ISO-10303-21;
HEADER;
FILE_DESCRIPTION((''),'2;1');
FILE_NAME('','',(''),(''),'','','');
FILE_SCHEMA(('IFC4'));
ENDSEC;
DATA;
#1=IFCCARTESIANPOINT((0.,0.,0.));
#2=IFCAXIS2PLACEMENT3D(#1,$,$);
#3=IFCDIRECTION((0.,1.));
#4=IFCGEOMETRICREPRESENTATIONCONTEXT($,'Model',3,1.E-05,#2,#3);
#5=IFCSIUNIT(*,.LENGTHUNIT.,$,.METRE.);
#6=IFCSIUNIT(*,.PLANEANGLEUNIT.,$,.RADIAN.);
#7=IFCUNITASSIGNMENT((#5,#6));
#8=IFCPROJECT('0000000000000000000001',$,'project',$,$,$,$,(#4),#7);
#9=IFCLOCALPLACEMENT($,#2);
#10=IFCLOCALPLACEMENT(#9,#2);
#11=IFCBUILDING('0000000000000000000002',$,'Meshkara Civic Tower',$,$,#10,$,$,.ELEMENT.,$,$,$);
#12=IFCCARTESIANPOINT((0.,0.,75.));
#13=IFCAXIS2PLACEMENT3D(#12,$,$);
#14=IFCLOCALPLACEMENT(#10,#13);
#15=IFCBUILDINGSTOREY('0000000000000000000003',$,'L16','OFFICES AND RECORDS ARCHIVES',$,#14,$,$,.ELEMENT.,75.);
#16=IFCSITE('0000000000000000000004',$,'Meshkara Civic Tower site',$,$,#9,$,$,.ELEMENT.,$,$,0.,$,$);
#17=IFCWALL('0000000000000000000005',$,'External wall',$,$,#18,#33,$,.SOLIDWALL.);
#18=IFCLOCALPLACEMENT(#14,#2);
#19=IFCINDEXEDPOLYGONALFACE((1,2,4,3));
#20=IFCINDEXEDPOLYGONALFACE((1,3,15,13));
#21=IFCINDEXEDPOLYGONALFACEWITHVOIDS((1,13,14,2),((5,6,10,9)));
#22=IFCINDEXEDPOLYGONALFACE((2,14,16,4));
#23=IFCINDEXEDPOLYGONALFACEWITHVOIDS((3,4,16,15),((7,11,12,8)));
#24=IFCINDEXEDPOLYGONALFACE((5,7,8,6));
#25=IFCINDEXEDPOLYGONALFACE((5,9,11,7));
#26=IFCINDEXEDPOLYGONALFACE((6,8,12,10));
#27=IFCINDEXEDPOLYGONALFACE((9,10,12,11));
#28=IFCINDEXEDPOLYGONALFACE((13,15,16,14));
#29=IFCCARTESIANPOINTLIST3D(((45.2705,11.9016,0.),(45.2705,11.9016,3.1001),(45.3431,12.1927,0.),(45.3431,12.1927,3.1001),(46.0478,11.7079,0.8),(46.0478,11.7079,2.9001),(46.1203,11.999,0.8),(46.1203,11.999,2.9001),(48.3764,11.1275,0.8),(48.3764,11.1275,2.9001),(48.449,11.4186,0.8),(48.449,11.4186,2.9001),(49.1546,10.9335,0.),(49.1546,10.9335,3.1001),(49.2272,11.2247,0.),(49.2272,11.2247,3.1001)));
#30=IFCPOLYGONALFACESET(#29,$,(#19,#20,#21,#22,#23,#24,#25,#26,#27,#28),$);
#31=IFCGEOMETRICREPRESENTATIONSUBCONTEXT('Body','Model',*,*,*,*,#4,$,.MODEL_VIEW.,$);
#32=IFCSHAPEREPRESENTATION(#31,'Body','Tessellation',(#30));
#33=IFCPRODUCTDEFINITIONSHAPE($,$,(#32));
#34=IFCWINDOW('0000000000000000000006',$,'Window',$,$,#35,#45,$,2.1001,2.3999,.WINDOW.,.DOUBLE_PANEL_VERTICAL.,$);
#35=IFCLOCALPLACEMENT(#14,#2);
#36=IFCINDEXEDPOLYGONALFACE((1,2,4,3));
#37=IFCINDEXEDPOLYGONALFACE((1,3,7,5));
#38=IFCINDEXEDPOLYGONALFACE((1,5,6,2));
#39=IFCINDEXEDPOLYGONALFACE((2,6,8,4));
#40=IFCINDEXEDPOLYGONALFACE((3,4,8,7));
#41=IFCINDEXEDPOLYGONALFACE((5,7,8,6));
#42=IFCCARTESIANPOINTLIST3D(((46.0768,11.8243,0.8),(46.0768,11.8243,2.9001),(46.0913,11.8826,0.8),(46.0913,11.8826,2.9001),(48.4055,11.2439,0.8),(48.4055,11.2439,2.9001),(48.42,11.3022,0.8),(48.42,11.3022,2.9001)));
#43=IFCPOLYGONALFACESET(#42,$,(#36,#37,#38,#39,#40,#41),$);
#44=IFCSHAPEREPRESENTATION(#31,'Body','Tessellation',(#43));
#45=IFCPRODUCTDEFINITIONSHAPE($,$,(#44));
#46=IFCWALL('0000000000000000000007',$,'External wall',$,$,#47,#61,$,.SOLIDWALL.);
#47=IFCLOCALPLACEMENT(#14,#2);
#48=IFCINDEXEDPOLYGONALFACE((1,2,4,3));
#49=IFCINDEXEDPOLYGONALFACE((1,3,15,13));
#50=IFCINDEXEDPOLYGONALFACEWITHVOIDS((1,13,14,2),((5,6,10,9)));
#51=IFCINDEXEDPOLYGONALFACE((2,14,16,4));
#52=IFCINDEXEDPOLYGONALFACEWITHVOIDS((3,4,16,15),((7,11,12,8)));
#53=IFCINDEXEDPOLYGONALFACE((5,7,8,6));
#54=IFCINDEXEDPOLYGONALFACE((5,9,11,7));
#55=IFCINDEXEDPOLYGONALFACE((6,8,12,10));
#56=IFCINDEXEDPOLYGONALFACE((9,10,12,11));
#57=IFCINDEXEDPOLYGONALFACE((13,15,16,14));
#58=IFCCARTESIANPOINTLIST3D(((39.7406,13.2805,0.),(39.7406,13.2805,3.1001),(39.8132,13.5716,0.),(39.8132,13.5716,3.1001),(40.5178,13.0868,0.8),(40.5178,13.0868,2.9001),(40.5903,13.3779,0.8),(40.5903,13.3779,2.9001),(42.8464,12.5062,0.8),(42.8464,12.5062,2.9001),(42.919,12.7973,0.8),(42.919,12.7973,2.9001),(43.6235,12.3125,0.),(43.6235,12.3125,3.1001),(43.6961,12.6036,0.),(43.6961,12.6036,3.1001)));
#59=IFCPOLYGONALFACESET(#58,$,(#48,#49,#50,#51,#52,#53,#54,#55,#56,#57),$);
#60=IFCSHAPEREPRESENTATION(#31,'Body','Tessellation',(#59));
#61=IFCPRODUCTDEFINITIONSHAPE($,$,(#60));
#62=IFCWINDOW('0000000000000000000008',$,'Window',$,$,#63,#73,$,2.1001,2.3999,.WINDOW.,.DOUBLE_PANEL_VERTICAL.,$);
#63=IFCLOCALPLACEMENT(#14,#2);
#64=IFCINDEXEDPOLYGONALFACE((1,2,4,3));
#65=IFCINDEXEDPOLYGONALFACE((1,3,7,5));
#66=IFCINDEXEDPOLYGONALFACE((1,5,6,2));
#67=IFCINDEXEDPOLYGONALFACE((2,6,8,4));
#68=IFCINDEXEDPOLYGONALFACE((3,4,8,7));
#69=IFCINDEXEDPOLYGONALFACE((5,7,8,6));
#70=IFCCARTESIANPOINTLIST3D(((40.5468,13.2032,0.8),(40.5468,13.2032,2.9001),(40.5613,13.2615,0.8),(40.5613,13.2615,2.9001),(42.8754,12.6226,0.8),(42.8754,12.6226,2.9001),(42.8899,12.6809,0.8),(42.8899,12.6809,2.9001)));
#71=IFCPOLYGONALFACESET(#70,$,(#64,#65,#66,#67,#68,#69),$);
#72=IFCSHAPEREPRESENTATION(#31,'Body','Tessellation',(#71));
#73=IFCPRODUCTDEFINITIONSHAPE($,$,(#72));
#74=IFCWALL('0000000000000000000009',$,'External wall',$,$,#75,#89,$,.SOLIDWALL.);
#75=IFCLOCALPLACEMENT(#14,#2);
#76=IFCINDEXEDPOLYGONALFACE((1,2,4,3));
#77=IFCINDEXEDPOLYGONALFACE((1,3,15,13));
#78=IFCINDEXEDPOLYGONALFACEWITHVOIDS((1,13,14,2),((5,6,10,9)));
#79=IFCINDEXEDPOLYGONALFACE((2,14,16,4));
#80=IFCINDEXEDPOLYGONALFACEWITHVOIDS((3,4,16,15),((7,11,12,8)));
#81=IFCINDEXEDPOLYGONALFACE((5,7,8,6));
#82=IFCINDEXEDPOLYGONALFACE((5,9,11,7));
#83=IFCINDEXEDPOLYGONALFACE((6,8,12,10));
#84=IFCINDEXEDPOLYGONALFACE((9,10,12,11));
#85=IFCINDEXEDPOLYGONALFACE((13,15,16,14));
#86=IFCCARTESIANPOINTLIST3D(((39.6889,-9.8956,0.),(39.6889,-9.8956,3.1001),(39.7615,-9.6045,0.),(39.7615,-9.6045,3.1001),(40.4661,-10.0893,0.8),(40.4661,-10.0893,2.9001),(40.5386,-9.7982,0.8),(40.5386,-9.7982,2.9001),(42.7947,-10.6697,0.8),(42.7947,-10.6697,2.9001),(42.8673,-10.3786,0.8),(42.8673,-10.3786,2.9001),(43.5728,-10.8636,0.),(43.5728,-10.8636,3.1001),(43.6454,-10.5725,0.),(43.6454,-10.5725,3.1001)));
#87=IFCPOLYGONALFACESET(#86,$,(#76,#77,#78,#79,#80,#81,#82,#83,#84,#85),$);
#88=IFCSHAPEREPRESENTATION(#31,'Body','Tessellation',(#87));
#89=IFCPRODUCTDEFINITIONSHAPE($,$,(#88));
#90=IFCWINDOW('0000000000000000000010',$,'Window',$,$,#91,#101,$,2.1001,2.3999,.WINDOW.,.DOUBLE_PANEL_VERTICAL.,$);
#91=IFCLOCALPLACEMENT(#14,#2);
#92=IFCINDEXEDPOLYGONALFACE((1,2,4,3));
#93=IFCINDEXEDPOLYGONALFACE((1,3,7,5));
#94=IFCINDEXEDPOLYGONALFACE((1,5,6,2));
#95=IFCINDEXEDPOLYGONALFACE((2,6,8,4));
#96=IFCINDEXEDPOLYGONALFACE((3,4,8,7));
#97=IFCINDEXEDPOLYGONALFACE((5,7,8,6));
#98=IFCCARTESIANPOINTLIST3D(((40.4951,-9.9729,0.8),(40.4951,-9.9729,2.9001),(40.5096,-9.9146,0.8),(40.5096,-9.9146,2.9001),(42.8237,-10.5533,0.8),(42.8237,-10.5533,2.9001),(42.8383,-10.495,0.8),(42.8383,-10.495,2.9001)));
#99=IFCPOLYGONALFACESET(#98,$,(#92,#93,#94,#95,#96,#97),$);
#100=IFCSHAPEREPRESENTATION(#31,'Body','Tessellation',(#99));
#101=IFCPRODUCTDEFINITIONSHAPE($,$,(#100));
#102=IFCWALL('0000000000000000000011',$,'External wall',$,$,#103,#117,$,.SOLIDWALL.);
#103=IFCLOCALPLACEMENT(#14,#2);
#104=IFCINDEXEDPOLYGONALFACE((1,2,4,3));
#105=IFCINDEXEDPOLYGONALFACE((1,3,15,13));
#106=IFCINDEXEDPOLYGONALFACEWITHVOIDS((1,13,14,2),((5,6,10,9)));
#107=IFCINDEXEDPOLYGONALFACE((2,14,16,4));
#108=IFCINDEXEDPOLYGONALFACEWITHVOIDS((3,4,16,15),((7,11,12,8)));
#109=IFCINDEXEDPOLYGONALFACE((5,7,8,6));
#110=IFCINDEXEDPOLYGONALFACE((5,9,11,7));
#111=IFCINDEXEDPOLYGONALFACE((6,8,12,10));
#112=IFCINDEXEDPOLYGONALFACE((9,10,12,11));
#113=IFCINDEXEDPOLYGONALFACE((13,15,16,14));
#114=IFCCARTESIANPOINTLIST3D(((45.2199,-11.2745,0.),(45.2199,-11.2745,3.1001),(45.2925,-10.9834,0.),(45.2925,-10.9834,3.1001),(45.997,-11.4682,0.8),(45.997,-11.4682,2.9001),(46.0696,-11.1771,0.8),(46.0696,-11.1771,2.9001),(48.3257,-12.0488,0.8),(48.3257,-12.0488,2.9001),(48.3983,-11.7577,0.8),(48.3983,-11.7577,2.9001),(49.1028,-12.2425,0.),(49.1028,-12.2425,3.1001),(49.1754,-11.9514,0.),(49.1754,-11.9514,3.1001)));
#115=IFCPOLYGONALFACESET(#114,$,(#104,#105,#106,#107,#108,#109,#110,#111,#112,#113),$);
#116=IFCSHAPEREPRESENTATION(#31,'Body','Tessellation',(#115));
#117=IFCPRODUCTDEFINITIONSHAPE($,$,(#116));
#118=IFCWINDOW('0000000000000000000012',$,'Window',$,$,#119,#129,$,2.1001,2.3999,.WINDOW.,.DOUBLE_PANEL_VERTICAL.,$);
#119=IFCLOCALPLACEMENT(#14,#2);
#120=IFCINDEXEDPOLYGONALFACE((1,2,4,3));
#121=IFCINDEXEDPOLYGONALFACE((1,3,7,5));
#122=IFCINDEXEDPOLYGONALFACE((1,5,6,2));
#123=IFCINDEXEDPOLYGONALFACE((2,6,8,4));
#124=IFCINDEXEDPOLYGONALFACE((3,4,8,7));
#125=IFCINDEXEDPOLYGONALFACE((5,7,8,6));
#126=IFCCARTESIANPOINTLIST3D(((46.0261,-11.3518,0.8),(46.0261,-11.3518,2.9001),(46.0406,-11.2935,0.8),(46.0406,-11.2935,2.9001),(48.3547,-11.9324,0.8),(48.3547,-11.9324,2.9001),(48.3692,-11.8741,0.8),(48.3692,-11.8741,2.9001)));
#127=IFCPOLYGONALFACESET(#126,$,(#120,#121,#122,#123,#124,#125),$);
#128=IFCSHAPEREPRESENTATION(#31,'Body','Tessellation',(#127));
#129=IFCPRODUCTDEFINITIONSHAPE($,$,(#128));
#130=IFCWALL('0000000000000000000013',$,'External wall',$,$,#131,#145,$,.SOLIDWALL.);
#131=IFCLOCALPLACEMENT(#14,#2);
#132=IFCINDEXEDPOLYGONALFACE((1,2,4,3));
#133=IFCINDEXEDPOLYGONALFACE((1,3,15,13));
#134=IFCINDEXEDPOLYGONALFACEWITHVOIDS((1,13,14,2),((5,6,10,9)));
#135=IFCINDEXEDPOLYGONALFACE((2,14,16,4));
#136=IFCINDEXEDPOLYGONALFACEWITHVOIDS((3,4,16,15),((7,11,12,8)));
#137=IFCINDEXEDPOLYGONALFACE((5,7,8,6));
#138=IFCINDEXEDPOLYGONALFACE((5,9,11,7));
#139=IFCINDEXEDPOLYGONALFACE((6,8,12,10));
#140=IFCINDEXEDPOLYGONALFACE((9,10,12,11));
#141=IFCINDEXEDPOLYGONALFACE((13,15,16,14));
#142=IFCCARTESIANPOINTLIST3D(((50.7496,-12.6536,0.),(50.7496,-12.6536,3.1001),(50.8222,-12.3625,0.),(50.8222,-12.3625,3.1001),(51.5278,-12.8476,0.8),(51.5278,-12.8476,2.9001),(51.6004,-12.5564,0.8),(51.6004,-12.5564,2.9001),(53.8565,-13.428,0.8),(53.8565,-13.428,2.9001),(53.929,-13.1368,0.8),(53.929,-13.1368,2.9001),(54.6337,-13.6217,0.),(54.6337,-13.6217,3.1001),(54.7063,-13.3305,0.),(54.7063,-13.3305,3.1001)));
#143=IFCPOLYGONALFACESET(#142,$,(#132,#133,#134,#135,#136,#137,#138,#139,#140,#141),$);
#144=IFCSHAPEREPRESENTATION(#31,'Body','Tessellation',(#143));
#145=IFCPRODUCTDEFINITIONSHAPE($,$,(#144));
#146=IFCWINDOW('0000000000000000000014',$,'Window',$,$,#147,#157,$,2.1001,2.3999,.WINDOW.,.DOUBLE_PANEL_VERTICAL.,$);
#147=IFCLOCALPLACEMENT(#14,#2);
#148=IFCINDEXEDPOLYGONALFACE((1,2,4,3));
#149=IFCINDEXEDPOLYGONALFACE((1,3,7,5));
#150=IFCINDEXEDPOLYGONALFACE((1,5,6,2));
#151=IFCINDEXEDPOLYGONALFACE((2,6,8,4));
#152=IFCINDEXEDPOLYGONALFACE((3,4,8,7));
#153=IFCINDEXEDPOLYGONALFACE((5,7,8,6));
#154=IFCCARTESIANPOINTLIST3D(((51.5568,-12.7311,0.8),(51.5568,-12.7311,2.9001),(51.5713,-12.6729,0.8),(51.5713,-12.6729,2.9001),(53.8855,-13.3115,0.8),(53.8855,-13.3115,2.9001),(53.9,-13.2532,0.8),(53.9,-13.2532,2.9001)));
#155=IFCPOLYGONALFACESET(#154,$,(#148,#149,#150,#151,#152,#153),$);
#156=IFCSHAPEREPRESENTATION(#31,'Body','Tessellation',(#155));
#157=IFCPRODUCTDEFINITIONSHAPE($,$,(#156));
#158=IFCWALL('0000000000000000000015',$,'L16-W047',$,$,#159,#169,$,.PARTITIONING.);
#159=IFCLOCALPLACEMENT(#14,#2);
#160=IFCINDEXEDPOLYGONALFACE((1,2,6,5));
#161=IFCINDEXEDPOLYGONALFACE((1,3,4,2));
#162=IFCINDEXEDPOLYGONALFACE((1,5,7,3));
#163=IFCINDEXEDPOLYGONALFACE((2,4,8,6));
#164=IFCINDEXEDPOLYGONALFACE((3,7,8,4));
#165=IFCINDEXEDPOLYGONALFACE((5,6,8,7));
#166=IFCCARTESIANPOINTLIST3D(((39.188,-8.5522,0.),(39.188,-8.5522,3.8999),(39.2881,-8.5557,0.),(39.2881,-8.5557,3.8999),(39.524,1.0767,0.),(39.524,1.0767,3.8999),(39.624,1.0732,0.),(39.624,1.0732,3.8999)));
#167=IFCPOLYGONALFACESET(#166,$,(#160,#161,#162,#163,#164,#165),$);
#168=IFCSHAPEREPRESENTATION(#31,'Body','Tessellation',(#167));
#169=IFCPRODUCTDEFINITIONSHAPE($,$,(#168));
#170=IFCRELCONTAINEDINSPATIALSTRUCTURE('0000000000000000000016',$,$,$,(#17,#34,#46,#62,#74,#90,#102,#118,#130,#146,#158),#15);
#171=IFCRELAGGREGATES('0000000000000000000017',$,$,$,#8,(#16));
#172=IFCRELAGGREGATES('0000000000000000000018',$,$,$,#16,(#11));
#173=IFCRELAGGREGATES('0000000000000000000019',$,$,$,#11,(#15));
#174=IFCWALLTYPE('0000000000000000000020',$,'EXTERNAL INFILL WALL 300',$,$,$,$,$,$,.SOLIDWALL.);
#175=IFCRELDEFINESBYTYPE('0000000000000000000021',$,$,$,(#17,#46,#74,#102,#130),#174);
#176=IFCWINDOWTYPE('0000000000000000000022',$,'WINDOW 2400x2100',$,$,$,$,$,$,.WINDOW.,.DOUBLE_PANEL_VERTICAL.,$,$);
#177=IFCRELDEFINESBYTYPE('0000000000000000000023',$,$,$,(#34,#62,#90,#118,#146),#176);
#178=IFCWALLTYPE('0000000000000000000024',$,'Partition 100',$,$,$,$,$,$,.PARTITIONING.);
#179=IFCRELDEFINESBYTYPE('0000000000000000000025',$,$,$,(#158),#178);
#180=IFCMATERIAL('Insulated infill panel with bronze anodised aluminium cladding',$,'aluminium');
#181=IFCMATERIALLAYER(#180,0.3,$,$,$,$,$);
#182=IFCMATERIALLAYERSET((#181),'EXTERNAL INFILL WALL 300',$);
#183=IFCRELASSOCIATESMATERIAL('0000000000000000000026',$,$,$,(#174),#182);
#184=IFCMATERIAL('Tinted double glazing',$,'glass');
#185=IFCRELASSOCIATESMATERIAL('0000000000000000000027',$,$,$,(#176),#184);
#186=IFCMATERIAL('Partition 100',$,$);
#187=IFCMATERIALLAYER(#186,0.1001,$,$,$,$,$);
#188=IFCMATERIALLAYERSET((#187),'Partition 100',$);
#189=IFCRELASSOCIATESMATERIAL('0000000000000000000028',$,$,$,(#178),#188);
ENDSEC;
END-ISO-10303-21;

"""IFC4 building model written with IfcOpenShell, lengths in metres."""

from ifc_helpers import new_model, si_unit, direction, frame, frame_2d, origin, place, context, subcontext, project, spatial, rectangle, extrude, material, layer, layer_set, type_object, element, fill, save


model = new_model("IFC4")

# Units and contexts
model_context = context("Model", 3, precision=1e-05, world=origin(), true_north=direction((0.0, 1.0)))
body_context = subcontext(model_context, "Body", "Model", "MODEL_VIEW")
ifc_project = project(units=[si_unit("LENGTHUNIT", "METRE"), si_unit("PLANEANGLEUNIT", "RADIAN")], contexts=[model_context])

# Site, building, storey
site_placement = place(None, origin())
site = spatial("IfcSite", under=ifc_project, at=site_placement, Name="Meshkara Civic Tower site", CompositionType="ELEMENT", RefElevation=0.0)
building_placement = place(site_placement, origin())
building = spatial("IfcBuilding", under=site, at=building_placement, Name="Meshkara Civic Tower", CompositionType="ELEMENT")
storey_placement = place(building_placement, frame((0.0, 0.0, 75.0)))
storey = spatial("IfcBuildingStorey", under=building, at=storey_placement, Name="L16", Description="OFFICES AND RECORDS ARCHIVES", CompositionType="ELEMENT", Elevation=75.0)

# Walls, openings, windows
ifc_material_1 = material(Name="Insulated infill panel with bronze anodised aluminium cladding", Category="aluminium")
ifc_layer_1 = layer(ifc_material_1, 0.3)
ifc_layer_set_1 = layer_set([ifc_layer_1], Name="EXTERNAL INFILL WALL 300")
wall_type_1 = type_object("IfcWallType", Name="EXTERNAL INFILL WALL 300", PredefinedType="SOLIDWALL", material=ifc_layer_set_1)
wall_1_placement = place(storey_placement, frame((49.1909, 11.0791, 0.0), z_axis=(0.0, 0.0, 1.0), x_axis=(-0.970318, 0.241832, 0.0)))
wall_1 = element("IfcWall", 1, at=wall_1_placement, inside=storey, type_object=wall_type_1, Name="External wall", PredefinedType="SOLIDWALL", context=body_context, shape_type="SweptSolid", body=[
    extrude(rectangle(XDim=4.0029, YDim=0.3, at=frame_2d((2.0015, 0.0))), origin(), (0.0, 0.0, 1.0), 3.1001),
])
opening_1_placement = place(wall_1_placement, frame((0.802, 0.0, 0.8)))
opening_1 = element("IfcOpeningElement", 2, at=opening_1_placement, cuts=wall_1, PredefinedType="OPENING", context=body_context, shape_type="SweptSolid", body=[
    extrude(rectangle(XDim=2.3999, YDim=2.1001, at=frame_2d((1.2, 1.05))), frame((0.0, 0.1599, 0.0), z_axis=(0.0, -1.0, 0.0), x_axis=(1.0, 0.0, 0.0)), (0.0, 0.0, 1.0), 0.3201),
])
ifc_material_2 = material(Name="Tinted double glazing", Category="glass")
window_type = type_object("IfcWindowType", Name="WINDOW 2400x2100", PartitioningType="DOUBLE_PANEL_VERTICAL", PredefinedType="WINDOW", material=ifc_material_2)
window_1_placement = place(opening_1_placement, origin())
window_1 = element("IfcWindow", 3, at=window_1_placement, inside=storey, type_object=window_type, Name="Window", OverallHeight=2.1001, OverallWidth=2.3999, PartitioningType="DOUBLE_PANEL_VERTICAL", PredefinedType="WINDOW", context=body_context, shape_type="SweptSolid", body=[
    extrude(rectangle(XDim=2.3999, YDim=2.1001, at=frame_2d((1.2, 1.05))), frame((0.0, 0.03, 0.0), z_axis=(0.0, -1.0, 0.0), x_axis=(1.0, 0.0, 0.0)), (0.0, 0.0, 1.0), 0.0601),
])
fill(opening_1, window_1)
wall_2_placement = place(storey_placement, frame((43.6599, 12.458, 0.0), z_axis=(0.0, 0.0, 1.0), x_axis=(-0.9703, 0.241904, 0.0)))
wall_2 = element("IfcWall", 4, at=wall_2_placement, inside=storey, type_object=wall_type_1, Name="External wall", PredefinedType="SOLIDWALL", context=body_context, shape_type="SweptSolid", body=[
    extrude(rectangle(XDim=4.0017, YDim=0.3, at=frame_2d((2.001, 0.0))), origin(), (0.0, 0.0, 1.0), 3.1001),
])
opening_2_placement = place(wall_2_placement, frame((0.801, 0.0, 0.8)))
opening_2 = element("IfcOpeningElement", 5, at=opening_2_placement, cuts=wall_2, PredefinedType="OPENING", context=body_context, shape_type="SweptSolid", body=[
    extrude(rectangle(XDim=2.3999, YDim=2.1001, at=frame_2d((1.2, 1.05))), frame((0.0, 0.1599, 0.0), z_axis=(0.0, -1.0, 0.0), x_axis=(1.0, 0.0, 0.0)), (0.0, 0.0, 1.0), 0.3201),
])
window_2_placement = place(opening_2_placement, origin())
window_2 = element("IfcWindow", 6, at=window_2_placement, inside=storey, type_object=window_type, Name="Window", OverallHeight=2.1001, OverallWidth=2.3999, PartitioningType="DOUBLE_PANEL_VERTICAL", PredefinedType="WINDOW", context=body_context, shape_type="SweptSolid", body=[
    extrude(rectangle(XDim=2.3999, YDim=2.1001, at=frame_2d((1.2, 1.05))), frame((0.0, 0.03, 0.0), z_axis=(0.0, -1.0, 0.0), x_axis=(1.0, 0.0, 0.0)), (0.0, 0.0, 1.0), 0.0601),
])
fill(opening_2, window_2)
wall_3_placement = place(storey_placement, frame((39.7251, -9.75, 0.0), z_axis=(0.0, 0.0, 1.0), x_axis=(0.970314, -0.241847, 0.0)))
wall_3 = element("IfcWall", 7, at=wall_3_placement, inside=storey, type_object=wall_type_1, Name="External wall", PredefinedType="SOLIDWALL", context=body_context, shape_type="SweptSolid", body=[
    extrude(rectangle(XDim=4.0027, YDim=0.3, at=frame_2d((2.0015, 0.0))), origin(), (0.0, 0.0, 1.0), 3.1001),
])
opening_3_placement = place(wall_3_placement, frame((0.801, 0.0, 0.8)))
opening_3 = element("IfcOpeningElement", 8, at=opening_3_placement, cuts=wall_3, PredefinedType="OPENING", context=body_context, shape_type="SweptSolid", body=[
    extrude(rectangle(XDim=2.3999, YDim=2.1001, at=frame_2d((1.2, 1.05))), frame((0.0, 0.1599, 0.0), z_axis=(0.0, -1.0, 0.0), x_axis=(1.0, 0.0, 0.0)), (0.0, 0.0, 1.0), 0.3201),
])
window_3_placement = place(opening_3_placement, origin())
window_3 = element("IfcWindow", 9, at=window_3_placement, inside=storey, type_object=window_type, Name="Window", OverallHeight=2.1001, OverallWidth=2.3999, PartitioningType="DOUBLE_PANEL_VERTICAL", PredefinedType="WINDOW", context=body_context, shape_type="SweptSolid", body=[
    extrude(rectangle(XDim=2.3999, YDim=2.1001, at=frame_2d((1.2, 1.05))), frame((0.0, 0.03, 0.0), z_axis=(0.0, -1.0, 0.0), x_axis=(1.0, 0.0, 0.0)), (0.0, 0.0, 1.0), 0.0601),
])
fill(opening_3, window_3)
wall_4_placement = place(storey_placement, frame((45.2561, -11.1289, 0.0), z_axis=(0.0, 0.0, 1.0), x_axis=(0.9703, -0.241904, 0.0)))
wall_4 = element("IfcWall", 10, at=wall_4_placement, inside=storey, type_object=wall_type_1, Name="External wall", PredefinedType="SOLIDWALL", context=body_context, shape_type="SweptSolid", body=[
    extrude(rectangle(XDim=4.0017, YDim=0.3, at=frame_2d((2.001, 0.0))), origin(), (0.0, 0.0, 1.0), 3.1001),
])
opening_4_placement = place(wall_4_placement, frame((0.801, 0.0, 0.8)))
opening_4 = element("IfcOpeningElement", 11, at=opening_4_placement, cuts=wall_4, PredefinedType="OPENING", context=body_context, shape_type="SweptSolid", body=[
    extrude(rectangle(XDim=2.3999, YDim=2.1001, at=frame_2d((1.2, 1.05))), frame((0.0, 0.1599, 0.0), z_axis=(0.0, -1.0, 0.0), x_axis=(1.0, 0.0, 0.0)), (0.0, 0.0, 1.0), 0.3201),
])
window_4_placement = place(opening_4_placement, origin())
window_4 = element("IfcWindow", 12, at=window_4_placement, inside=storey, type_object=window_type, Name="Window", OverallHeight=2.1001, OverallWidth=2.3999, PartitioningType="DOUBLE_PANEL_VERTICAL", PredefinedType="WINDOW", context=body_context, shape_type="SweptSolid", body=[
    extrude(rectangle(XDim=2.3999, YDim=2.1001, at=frame_2d((1.2, 1.05))), frame((0.0, 0.03, 0.0), z_axis=(0.0, -1.0, 0.0), x_axis=(1.0, 0.0, 0.0)), (0.0, 0.0, 1.0), 0.0601),
])
fill(opening_4, window_4)
wall_5_placement = place(storey_placement, frame((50.7859, -12.5081, 0.0), z_axis=(0.0, 0.0, 1.0), x_axis=(0.970318, -0.241832, 0.0)))
wall_5 = element("IfcWall", 13, at=wall_5_placement, inside=storey, type_object=wall_type_1, Name="External wall", PredefinedType="SOLIDWALL", context=body_context, shape_type="SweptSolid", body=[
    extrude(rectangle(XDim=4.0029, YDim=0.3, at=frame_2d((2.0015, 0.0))), origin(), (0.0, 0.0, 1.0), 3.1001),
])
opening_5_placement = place(wall_5_placement, frame((0.802, 0.0, 0.8)))
opening_5 = element("IfcOpeningElement", 14, at=opening_5_placement, cuts=wall_5, PredefinedType="OPENING", context=body_context, shape_type="SweptSolid", body=[
    extrude(rectangle(XDim=2.3999, YDim=2.1001, at=frame_2d((1.2, 1.05))), frame((0.0, 0.1599, 0.0), z_axis=(0.0, -1.0, 0.0), x_axis=(1.0, 0.0, 0.0)), (0.0, 0.0, 1.0), 0.3201),
])
window_5_placement = place(opening_5_placement, origin())
window_5 = element("IfcWindow", 15, at=window_5_placement, inside=storey, type_object=window_type, Name="Window", OverallHeight=2.1001, OverallWidth=2.3999, PartitioningType="DOUBLE_PANEL_VERTICAL", PredefinedType="WINDOW", context=body_context, shape_type="SweptSolid", body=[
    extrude(rectangle(XDim=2.3999, YDim=2.1001, at=frame_2d((1.2, 1.05))), frame((0.0, 0.03, 0.0), z_axis=(0.0, -1.0, 0.0), x_axis=(1.0, 0.0, 0.0)), (0.0, 0.0, 1.0), 0.0601),
])
fill(opening_5, window_5)

# Wall
ifc_material_3 = material(Name="Partition 100")
ifc_layer_2 = layer(ifc_material_3, 0.1001)
ifc_layer_set_2 = layer_set([ifc_layer_2], Name="Partition 100")
wall_type_2 = type_object("IfcWallType", Name="Partition 100", PredefinedType="PARTITIONING", material=ifc_layer_set_2)
wall_6_placement = place(storey_placement, frame((39.238, -8.554, 0.0), z_axis=(0.0, 0.0, 1.0), x_axis=(0.034867, 0.999392, 0.0)))
element("IfcWall", 16, at=wall_6_placement, inside=storey, type_object=wall_type_2, Name="L16-W047", PredefinedType="PARTITIONING", context=body_context, shape_type="SweptSolid", body=[
    extrude(rectangle(XDim=9.6348, YDim=0.1001, at=frame_2d((4.8174, 0.0))), origin(), (0.0, 0.0, 1.0), 3.8999),
])

save(model, "model.ifc")
